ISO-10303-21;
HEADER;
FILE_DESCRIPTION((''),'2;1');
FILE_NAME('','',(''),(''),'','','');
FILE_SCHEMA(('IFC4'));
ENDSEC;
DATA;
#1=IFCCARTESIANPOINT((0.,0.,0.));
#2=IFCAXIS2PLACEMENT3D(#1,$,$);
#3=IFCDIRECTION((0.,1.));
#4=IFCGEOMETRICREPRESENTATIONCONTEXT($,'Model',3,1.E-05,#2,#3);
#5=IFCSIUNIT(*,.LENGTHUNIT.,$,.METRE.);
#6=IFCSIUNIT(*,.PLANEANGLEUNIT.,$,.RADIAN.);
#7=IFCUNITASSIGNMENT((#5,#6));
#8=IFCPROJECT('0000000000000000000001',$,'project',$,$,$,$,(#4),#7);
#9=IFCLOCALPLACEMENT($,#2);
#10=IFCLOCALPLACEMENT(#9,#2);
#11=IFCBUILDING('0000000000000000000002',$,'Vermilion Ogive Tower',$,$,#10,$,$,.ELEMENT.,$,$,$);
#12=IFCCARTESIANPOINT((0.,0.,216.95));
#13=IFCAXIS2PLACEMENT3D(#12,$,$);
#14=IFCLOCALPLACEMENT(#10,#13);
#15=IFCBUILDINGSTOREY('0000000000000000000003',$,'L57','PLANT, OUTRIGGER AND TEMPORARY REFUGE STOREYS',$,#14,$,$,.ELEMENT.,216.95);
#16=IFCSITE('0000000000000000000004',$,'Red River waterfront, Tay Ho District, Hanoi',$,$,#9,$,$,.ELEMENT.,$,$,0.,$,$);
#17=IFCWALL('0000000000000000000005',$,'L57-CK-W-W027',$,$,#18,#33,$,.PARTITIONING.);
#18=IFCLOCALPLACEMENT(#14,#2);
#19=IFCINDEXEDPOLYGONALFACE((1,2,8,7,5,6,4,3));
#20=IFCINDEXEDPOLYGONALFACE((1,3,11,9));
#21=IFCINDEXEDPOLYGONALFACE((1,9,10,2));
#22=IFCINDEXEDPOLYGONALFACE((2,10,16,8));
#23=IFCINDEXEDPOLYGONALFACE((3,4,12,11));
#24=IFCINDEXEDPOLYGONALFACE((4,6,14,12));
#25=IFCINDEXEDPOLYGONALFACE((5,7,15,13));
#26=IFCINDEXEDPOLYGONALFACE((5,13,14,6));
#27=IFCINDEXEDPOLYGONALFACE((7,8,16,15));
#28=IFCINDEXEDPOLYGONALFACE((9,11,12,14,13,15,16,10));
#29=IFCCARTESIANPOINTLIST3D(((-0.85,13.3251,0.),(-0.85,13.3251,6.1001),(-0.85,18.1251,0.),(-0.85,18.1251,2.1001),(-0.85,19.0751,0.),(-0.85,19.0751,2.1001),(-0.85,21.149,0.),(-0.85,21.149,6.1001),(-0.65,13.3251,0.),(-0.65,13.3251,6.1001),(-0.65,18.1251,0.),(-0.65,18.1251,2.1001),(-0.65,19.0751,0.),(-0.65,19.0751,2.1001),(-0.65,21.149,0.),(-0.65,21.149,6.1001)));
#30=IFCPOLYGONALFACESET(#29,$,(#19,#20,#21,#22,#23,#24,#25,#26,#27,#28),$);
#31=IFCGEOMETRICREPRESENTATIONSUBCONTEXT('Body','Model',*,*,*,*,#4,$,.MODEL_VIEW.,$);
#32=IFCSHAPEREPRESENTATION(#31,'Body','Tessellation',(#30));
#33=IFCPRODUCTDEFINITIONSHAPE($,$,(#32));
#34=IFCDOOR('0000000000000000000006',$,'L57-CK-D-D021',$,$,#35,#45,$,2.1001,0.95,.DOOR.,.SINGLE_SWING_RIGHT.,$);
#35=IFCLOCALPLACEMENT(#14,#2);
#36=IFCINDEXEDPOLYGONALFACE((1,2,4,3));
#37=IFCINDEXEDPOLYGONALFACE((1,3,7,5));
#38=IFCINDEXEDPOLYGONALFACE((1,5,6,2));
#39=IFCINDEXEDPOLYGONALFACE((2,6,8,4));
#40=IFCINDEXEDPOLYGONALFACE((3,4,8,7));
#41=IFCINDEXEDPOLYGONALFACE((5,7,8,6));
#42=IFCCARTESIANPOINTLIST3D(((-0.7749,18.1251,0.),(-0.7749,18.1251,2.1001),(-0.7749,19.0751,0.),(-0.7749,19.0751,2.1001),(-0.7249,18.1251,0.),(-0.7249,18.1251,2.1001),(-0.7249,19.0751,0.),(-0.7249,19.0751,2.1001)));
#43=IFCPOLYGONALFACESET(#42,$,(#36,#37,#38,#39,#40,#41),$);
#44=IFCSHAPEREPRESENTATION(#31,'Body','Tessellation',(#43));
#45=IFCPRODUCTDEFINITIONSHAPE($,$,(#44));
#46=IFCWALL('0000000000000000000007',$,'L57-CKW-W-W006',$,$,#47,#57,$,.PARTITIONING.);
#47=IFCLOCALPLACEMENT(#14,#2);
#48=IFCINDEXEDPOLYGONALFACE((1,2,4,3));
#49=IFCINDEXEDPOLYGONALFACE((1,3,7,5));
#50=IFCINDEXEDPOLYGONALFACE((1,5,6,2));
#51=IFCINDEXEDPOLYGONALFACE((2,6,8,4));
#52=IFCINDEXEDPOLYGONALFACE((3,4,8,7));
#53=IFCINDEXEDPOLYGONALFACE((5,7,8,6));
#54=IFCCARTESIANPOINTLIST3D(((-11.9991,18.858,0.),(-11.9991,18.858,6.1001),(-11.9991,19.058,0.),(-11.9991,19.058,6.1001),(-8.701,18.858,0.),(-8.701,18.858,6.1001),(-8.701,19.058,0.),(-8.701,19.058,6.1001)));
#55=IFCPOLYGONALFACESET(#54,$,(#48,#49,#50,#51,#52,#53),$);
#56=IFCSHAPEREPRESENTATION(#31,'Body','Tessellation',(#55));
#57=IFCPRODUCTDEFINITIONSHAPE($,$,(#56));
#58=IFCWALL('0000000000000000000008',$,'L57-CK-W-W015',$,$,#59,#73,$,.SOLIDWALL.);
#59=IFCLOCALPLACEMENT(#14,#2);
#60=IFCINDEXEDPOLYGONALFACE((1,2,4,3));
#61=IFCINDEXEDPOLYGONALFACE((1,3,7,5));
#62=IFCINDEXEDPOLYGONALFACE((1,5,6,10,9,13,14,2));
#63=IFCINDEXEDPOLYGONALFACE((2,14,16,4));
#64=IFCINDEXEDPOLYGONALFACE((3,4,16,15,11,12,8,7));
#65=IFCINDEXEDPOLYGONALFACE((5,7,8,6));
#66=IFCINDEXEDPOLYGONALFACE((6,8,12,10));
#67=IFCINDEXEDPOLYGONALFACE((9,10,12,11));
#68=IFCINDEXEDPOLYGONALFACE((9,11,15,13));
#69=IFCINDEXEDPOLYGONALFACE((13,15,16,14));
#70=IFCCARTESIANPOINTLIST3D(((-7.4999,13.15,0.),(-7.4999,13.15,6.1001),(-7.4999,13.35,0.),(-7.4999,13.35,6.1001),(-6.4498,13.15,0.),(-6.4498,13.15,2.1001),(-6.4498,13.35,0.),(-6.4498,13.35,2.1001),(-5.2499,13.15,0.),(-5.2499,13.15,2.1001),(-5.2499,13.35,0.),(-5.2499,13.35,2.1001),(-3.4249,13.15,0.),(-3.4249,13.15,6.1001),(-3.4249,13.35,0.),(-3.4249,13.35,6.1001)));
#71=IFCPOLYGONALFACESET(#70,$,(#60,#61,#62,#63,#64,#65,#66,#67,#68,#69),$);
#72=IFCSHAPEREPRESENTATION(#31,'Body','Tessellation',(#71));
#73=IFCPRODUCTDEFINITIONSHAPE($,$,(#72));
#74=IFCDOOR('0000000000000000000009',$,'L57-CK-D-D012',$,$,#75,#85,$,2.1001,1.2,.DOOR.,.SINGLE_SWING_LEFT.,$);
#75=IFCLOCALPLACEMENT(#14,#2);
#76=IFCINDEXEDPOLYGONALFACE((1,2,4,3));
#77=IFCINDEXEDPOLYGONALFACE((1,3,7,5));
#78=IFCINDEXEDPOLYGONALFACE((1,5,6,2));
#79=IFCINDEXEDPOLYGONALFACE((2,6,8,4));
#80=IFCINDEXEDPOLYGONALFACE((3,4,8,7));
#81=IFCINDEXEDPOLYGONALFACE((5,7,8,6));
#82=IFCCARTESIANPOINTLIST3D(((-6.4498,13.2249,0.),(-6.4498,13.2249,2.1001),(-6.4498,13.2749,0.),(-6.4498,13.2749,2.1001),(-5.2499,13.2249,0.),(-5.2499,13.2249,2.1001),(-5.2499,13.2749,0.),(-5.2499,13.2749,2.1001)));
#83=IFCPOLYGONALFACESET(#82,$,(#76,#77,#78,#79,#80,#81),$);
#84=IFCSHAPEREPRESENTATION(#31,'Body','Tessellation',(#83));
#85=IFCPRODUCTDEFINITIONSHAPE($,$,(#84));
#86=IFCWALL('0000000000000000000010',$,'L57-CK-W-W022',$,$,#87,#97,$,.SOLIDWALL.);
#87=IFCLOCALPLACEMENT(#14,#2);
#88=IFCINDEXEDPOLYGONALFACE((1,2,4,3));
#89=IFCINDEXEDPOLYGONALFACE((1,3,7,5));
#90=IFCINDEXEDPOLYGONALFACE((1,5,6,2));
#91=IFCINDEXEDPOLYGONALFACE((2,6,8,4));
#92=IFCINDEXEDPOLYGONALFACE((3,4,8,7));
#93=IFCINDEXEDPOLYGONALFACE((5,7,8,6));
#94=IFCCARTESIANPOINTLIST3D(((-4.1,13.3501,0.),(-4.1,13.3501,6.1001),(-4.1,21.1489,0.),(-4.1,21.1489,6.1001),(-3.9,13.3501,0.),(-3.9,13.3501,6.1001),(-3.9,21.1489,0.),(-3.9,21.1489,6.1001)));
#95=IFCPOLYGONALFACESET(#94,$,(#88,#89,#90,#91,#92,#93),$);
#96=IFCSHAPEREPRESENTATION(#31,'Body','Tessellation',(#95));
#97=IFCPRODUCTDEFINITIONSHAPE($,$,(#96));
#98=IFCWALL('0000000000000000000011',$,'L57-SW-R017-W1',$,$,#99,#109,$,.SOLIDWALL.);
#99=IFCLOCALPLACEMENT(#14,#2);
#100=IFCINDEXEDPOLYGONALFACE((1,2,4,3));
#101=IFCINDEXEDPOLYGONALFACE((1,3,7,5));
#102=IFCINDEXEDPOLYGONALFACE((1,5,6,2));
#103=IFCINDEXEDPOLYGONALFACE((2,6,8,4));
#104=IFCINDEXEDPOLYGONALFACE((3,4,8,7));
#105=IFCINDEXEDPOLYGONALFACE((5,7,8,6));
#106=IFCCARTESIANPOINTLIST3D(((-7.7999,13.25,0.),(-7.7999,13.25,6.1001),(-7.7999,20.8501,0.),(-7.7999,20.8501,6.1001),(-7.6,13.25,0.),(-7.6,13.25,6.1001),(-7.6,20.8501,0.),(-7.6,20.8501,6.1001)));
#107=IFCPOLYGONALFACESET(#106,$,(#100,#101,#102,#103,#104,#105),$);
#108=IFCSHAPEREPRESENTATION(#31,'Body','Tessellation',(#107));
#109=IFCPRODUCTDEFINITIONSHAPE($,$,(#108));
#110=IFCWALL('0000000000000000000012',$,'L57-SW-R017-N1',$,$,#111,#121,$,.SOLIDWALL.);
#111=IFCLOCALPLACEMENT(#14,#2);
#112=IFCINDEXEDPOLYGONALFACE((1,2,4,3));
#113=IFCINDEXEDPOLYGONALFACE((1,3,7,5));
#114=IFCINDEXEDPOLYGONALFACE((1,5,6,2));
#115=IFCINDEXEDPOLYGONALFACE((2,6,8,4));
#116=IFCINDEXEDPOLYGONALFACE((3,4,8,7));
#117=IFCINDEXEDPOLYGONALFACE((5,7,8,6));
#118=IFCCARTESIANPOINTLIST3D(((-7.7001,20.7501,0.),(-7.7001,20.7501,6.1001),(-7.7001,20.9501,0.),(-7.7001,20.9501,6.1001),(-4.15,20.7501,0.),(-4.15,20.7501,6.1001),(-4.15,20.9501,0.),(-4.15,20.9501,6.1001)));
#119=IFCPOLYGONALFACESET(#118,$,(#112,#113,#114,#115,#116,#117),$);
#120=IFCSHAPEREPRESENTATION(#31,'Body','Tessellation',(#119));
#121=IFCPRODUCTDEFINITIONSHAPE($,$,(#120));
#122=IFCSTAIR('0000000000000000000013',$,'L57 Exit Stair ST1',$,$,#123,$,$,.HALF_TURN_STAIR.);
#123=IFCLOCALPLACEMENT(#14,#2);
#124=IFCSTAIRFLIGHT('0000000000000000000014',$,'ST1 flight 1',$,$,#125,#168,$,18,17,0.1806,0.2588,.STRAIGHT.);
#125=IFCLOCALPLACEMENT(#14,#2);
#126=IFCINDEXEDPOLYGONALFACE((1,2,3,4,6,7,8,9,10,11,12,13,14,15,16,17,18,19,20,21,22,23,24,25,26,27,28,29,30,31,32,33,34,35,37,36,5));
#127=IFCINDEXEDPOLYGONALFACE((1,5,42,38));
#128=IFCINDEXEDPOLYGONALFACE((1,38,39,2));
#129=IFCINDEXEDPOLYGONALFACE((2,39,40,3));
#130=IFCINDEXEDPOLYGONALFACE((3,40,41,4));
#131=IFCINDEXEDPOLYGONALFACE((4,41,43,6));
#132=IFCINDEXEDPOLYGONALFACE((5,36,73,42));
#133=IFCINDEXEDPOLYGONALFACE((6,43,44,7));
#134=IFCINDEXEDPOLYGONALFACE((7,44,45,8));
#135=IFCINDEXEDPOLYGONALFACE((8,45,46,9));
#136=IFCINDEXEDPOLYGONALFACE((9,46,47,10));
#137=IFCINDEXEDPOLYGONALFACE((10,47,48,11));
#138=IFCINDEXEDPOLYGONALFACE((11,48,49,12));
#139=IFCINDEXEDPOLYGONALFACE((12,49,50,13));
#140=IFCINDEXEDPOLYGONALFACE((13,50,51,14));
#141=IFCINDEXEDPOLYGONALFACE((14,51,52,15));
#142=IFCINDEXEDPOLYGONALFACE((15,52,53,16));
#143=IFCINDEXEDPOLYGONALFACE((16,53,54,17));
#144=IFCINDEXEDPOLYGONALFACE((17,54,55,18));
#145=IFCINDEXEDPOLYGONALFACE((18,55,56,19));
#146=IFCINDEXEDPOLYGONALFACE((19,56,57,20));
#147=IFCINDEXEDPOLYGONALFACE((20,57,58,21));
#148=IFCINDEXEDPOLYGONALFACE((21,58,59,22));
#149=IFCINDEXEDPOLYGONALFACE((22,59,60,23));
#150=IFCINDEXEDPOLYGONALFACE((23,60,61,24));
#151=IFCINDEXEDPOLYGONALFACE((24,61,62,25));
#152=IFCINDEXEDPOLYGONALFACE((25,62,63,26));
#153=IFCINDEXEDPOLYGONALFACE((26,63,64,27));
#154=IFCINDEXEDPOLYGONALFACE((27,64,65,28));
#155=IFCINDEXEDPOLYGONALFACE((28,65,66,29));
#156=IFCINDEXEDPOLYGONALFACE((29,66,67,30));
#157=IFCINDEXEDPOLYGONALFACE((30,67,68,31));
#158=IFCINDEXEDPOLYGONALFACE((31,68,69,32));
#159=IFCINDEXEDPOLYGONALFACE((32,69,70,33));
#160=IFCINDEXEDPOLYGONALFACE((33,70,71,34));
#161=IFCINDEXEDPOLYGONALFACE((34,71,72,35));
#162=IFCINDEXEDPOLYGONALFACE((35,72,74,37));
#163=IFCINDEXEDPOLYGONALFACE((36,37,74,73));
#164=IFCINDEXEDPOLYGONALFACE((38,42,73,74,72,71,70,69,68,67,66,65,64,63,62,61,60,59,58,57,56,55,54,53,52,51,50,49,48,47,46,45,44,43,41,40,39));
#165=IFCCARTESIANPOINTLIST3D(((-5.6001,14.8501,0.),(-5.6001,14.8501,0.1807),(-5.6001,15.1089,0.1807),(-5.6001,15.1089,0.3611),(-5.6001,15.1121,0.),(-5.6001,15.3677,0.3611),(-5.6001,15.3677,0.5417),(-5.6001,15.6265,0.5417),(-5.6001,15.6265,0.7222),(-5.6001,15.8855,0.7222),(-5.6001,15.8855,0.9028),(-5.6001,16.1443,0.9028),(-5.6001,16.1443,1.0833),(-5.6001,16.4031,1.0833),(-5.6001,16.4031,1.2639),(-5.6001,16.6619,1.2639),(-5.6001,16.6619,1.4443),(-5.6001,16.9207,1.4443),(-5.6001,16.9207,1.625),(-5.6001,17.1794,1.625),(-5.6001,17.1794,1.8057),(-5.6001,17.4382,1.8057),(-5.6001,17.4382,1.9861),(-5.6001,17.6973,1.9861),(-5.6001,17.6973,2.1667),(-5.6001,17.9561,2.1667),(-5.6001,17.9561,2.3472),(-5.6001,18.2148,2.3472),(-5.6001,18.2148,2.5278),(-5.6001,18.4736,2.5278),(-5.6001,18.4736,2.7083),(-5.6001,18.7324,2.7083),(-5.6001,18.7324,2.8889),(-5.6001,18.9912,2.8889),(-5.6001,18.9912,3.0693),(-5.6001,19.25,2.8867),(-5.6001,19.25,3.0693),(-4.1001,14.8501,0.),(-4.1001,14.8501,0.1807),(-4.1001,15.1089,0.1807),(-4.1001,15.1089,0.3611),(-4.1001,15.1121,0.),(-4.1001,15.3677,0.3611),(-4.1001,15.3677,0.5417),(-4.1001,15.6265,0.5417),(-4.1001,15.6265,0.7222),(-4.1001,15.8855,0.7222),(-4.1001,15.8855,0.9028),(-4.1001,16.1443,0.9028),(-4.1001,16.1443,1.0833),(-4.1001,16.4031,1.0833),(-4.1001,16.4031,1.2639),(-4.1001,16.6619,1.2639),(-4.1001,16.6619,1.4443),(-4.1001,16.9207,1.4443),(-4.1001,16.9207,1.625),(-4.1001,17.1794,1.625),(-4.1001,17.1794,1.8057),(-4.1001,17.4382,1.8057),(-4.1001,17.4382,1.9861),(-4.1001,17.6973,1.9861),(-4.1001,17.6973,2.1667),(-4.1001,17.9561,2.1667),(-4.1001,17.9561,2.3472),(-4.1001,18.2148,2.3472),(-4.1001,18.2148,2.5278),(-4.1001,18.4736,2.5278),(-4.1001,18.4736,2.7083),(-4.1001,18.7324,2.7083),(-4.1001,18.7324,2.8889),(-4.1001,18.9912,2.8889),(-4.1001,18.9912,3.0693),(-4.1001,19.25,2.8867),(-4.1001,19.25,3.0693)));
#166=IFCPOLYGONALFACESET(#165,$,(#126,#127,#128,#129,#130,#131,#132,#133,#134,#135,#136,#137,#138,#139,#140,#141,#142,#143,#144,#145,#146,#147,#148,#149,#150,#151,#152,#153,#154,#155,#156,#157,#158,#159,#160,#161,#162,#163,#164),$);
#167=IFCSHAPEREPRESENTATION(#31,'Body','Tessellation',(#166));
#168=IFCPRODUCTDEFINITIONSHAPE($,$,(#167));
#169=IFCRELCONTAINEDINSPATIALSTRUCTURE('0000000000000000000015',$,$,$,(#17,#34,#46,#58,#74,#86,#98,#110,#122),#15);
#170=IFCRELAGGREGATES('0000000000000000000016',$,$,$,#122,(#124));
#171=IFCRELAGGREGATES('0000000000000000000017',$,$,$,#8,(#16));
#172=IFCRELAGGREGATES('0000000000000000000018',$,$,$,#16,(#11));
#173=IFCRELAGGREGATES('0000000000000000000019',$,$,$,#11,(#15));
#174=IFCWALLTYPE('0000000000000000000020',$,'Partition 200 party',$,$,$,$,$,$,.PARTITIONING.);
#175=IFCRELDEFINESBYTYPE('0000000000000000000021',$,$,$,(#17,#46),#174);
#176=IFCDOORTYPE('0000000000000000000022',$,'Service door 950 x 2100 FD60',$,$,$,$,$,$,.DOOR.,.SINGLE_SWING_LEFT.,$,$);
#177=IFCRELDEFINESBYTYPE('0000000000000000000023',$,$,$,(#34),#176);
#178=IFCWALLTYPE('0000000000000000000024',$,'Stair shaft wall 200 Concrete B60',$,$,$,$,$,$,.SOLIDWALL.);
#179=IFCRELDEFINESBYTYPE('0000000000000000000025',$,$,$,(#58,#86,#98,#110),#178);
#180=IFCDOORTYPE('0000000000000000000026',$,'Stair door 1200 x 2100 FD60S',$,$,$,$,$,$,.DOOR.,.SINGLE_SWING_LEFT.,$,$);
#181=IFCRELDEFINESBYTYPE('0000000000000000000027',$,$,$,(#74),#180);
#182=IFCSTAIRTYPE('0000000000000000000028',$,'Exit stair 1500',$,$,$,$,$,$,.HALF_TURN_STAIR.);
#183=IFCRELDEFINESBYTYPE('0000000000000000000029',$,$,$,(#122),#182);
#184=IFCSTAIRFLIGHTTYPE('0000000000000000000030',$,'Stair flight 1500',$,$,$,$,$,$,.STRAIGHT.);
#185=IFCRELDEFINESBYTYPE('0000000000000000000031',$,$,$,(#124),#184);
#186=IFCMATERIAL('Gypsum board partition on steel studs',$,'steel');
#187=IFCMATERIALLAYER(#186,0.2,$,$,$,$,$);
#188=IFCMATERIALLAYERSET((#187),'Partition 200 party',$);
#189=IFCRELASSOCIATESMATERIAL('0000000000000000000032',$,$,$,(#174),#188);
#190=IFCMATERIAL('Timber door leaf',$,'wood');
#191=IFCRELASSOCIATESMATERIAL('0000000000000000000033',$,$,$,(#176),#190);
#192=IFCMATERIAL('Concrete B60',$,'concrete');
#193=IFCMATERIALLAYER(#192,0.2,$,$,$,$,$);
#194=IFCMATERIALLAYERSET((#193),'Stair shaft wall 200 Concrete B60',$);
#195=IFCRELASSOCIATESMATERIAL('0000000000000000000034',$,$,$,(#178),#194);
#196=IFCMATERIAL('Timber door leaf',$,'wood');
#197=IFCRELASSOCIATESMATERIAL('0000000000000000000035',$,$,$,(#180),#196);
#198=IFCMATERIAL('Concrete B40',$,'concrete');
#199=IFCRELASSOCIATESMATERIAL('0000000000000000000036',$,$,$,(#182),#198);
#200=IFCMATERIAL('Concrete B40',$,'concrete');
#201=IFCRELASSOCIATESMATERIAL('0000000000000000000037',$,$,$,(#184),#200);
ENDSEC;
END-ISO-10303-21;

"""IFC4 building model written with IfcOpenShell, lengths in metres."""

from ifc_helpers import new_model, si_unit, direction, frame, frame_2d, origin, place, context, subcontext, project, spatial, polyline, rectangle, outline, extrude, material, layer, layer_set, type_object, element, fill, aggregate, save


model = new_model("IFC4")

# Units and contexts
model_context = context("Model", 3, precision=1e-05, world=origin(), true_north=direction((0.0, 1.0)))
body_context = subcontext(model_context, "Body", "Model", "MODEL_VIEW")
ifc_project = project(units=[si_unit("LENGTHUNIT", "METRE"), si_unit("PLANEANGLEUNIT", "RADIAN")], contexts=[model_context])

# Site, building, storey
site_placement = place(None, origin())
site = spatial("IfcSite", under=ifc_project, at=site_placement, Name="Red River waterfront, Tay Ho District, Hanoi", CompositionType="ELEMENT", RefElevation=0.0)
building_placement = place(site_placement, origin())
building = spatial("IfcBuilding", under=site, at=building_placement, Name="Vermilion Ogive Tower", CompositionType="ELEMENT")
storey_placement = place(building_placement, frame((0.0, 0.0, 216.95)))
storey = spatial("IfcBuildingStorey", under=building, at=storey_placement, Name="L57", Description="PLANT, OUTRIGGER AND TEMPORARY REFUGE STOREYS", CompositionType="ELEMENT", Elevation=216.95)

# Shared definitions
ifc_material_1 = material(Name="Gypsum board partition on steel studs", Category="steel")
ifc_layer_1 = layer(ifc_material_1, 0.2)
ifc_layer_set_1 = layer_set([ifc_layer_1], Name="Partition 200 party")
wall_type_1 = type_object("IfcWallType", Name="Partition 200 party", PredefinedType="PARTITIONING", material=ifc_layer_set_1)

# Wall, opening, door
wall_1_placement = place(storey_placement, frame((-0.75, 13.325, 0.0), z_axis=(0.0, 0.0, 1.0), x_axis=(0.0, 1.0, 0.0)))
wall_1 = element("IfcWall", 1, at=wall_1_placement, inside=storey, type_object=wall_type_1, Name="L57-CK-W-W027", PredefinedType="PARTITIONING", context=body_context, shape_type="SweptSolid", body=[
    extrude(rectangle(XDim=7.824, YDim=0.2, at=frame_2d((3.9121, 0.0))), origin(), (0.0, 0.0, 1.0), 6.1001),
])
opening_1_placement = place(wall_1_placement, frame((4.8, 0.0, 0.0)))
opening_1 = element("IfcOpeningElement", 2, at=opening_1_placement, cuts=wall_1, PredefinedType="OPENING", context=body_context, shape_type="SweptSolid", body=[
    extrude(rectangle(XDim=0.95, YDim=2.1001, at=frame_2d((0.4751, 1.05))), frame((0.0, 0.1099, 0.0), z_axis=(0.0, -1.0, 0.0), x_axis=(1.0, 0.0, 0.0)), (0.0, 0.0, 1.0), 0.22),
])
ifc_material_2 = material(Name="Timber door leaf", Category="wood")
door_type_1 = type_object("IfcDoorType", Name="Service door 950 x 2100 FD60", OperationType="SINGLE_SWING_LEFT", PredefinedType="DOOR", material=ifc_material_2)
door_1_placement = place(opening_1_placement, origin())
door_1 = element("IfcDoor", 3, at=door_1_placement, inside=storey, type_object=door_type_1, Name="L57-CK-D-D021", OperationType="SINGLE_SWING_RIGHT", OverallHeight=2.1001, OverallWidth=0.95, PredefinedType="DOOR", context=body_context, shape_type="SweptSolid", body=[
    extrude(rectangle(XDim=0.95, YDim=2.1001, at=frame_2d((0.4751, 1.05))), frame((0.0, 0.0249, 0.0), z_axis=(0.0, -1.0, 0.0), x_axis=(1.0, 0.0, 0.0)), (0.0, 0.0, 1.0), 0.05),
])
fill(opening_1, door_1)

# Wall
wall_2_placement = place(storey_placement, frame((-11.999, 18.958, 0.0), z_axis=(0.0, 0.0, 1.0), x_axis=(1.0, 0.0, 0.0)))
element("IfcWall", 4, at=wall_2_placement, inside=storey, type_object=wall_type_1, Name="L57-CKW-W-W006", PredefinedType="PARTITIONING", context=body_context, shape_type="SweptSolid", body=[
    extrude(rectangle(XDim=3.2981, YDim=0.2, at=frame_2d((1.6489, 0.0))), origin(), (0.0, 0.0, 1.0), 6.1001),
])

# Wall, opening, door
ifc_material_3 = material(Name="Concrete B60", Category="concrete")
ifc_layer_2 = layer(ifc_material_3, 0.2)
ifc_layer_set_2 = layer_set([ifc_layer_2], Name="Stair shaft wall 200 Concrete B60")
wall_type_2 = type_object("IfcWallType", Name="Stair shaft wall 200 Concrete B60", PredefinedType="SOLIDWALL", material=ifc_layer_set_2)
wall_3_placement = place(storey_placement, frame((-7.5, 13.25, 0.0), z_axis=(0.0, 0.0, 1.0), x_axis=(1.0, 0.0, 0.0)))
wall_3 = element("IfcWall", 5, at=wall_3_placement, inside=storey, type_object=wall_type_2, Name="L57-CK-W-W015", PredefinedType="SOLIDWALL", context=body_context, shape_type="SweptSolid", body=[
    extrude(rectangle(XDim=4.075, YDim=0.2, at=frame_2d((2.0376, 0.0))), origin(), (0.0, 0.0, 1.0), 6.1001),
])
opening_2_placement = place(wall_3_placement, frame((1.05, 0.0, 0.0)))
opening_2 = element("IfcOpeningElement", 6, at=opening_2_placement, cuts=wall_3, PredefinedType="OPENING", context=body_context, shape_type="SweptSolid", body=[
    extrude(rectangle(XDim=1.2, YDim=2.1001, at=frame_2d((0.6001, 1.05))), frame((0.0, 0.1099, 0.0), z_axis=(0.0, -1.0, 0.0), x_axis=(1.0, 0.0, 0.0)), (0.0, 0.0, 1.0), 0.22),
])
ifc_material_4 = material(Name="Timber door leaf", Category="wood")
door_type_2 = type_object("IfcDoorType", Name="Stair door 1200 x 2100 FD60S", OperationType="SINGLE_SWING_LEFT", PredefinedType="DOOR", material=ifc_material_4)
door_2_placement = place(opening_2_placement, origin())
door_2 = element("IfcDoor", 7, at=door_2_placement, inside=storey, type_object=door_type_2, Name="L57-CK-D-D012", OperationType="SINGLE_SWING_LEFT", OverallHeight=2.1001, OverallWidth=1.2, PredefinedType="DOOR", context=body_context, shape_type="SweptSolid", body=[
    extrude(rectangle(XDim=1.2, YDim=2.1001, at=frame_2d((0.6001, 1.05))), frame((0.0, 0.0249, 0.0), z_axis=(0.0, -1.0, 0.0), x_axis=(1.0, 0.0, 0.0)), (0.0, 0.0, 1.0), 0.05),
])
fill(opening_2, door_2)

# Walls
wall_4_placement = place(storey_placement, frame((-4.0, 13.3501, 0.0), z_axis=(0.0, 0.0, 1.0), x_axis=(0.0, 1.0, 0.0)))
element("IfcWall", 8, at=wall_4_placement, inside=storey, type_object=wall_type_2, Name="L57-CK-W-W022", PredefinedType="SOLIDWALL", context=body_context, shape_type="SweptSolid", body=[
    extrude(rectangle(XDim=7.7988, YDim=0.2, at=frame_2d((3.8994, 0.0))), origin(), (0.0, 0.0, 1.0), 6.1001),
])
wall_5_placement = place(storey_placement, frame((-7.7, 13.25, 0.0), z_axis=(0.0, 0.0, 1.0), x_axis=(0.0, 1.0, 0.0)))
element("IfcWall", 9, at=wall_5_placement, inside=storey, type_object=wall_type_2, Name="L57-SW-R017-W1", PredefinedType="SOLIDWALL", context=body_context, shape_type="SweptSolid", body=[
    extrude(rectangle(XDim=7.6001, YDim=0.2, at=frame_2d((3.8, 0.0))), origin(), (0.0, 0.0, 1.0), 6.1001),
])
wall_6_placement = place(storey_placement, frame((-7.7, 20.8501, 0.0), z_axis=(0.0, 0.0, 1.0), x_axis=(1.0, 0.0, 0.0)))
element("IfcWall", 10, at=wall_6_placement, inside=storey, type_object=wall_type_2, Name="L57-SW-R017-N1", PredefinedType="SOLIDWALL", context=body_context, shape_type="SweptSolid", body=[
    extrude(rectangle(XDim=3.55, YDim=0.2, at=frame_2d((1.7749, 0.0))), origin(), (0.0, 0.0, 1.0), 6.1001),
])

# Stair, stair flight
ifc_material_5 = material(Name="Concrete B40", Category="concrete")
stair_type = type_object("IfcStairType", Name="Exit stair 1500", PredefinedType="HALF_TURN_STAIR", material=ifc_material_5)
stair_placement = place(storey_placement, origin())
stair = element("IfcStair", 11, at=stair_placement, inside=storey, type_object=stair_type, Name="L57 Exit Stair ST1", PredefinedType="HALF_TURN_STAIR")
ifc_material_6 = material(Name="Concrete B40", Category="concrete")
stair_flight_type = type_object("IfcStairFlightType", Name="Stair flight 1500", PredefinedType="STRAIGHT", material=ifc_material_6)
stair_flight_1_placement = place(storey_placement, frame((-4.8501, 14.8501, 0.0), z_axis=(0.0, 0.0, 1.0), x_axis=(0.0, 1.0, 0.0)))
stair_flight_1 = element("IfcStairFlight", 12, at=stair_flight_1_placement, type_object=stair_flight_type, Name="ST1 flight 1", NumberOfRisers=18, NumberOfTreads=17, PredefinedType="STRAIGHT", RiserHeight=0.1806, TreadLength=0.2588, context=body_context, shape_type="SweptSolid", body=[
    extrude(outline(polyline([(0.0, 0.0), (0.0, 0.1807), (0.2588, 0.1807), (0.2588, 0.3611), (0.5176, 0.3611), (0.5176, 0.5417), (0.7764, 0.5417), (0.7764, 0.7222), (1.0354, 0.7222), (1.0354, 0.9028), (1.2942, 0.9028), (1.2942, 1.0833), (1.553, 1.0833), (1.553, 1.2639), (1.8118, 1.2639), (1.8118, 1.4443), (2.0706, 1.4443), (2.0706, 1.625), (2.3293, 1.625), (2.3293, 1.8057), (2.5881, 1.8057), (2.5881, 1.9861), (2.8472, 1.9861), (2.8472, 2.1667), (3.106, 2.1667), (3.106, 2.3472), (3.3647, 2.3472), (3.3647, 2.5278), (3.6235, 2.5278), (3.6235, 2.7083), (3.8823, 2.7083), (3.8823, 2.8889), (4.1411, 2.8889), (4.1411, 3.0693), (4.3999, 3.0693), (4.3999, 3.25), (4.3999, 2.8867), (0.262, 0.0), (0.0, 0.0)])), frame((0.0, 0.75, 0.0), z_axis=(0.0, -1.0, 0.0), x_axis=(1.0, 0.0, 0.0)), (0.0, 0.0, 1.0), 1.5),
])
aggregate(stair, [stair_flight_1])

save(model, "model.ifc")
